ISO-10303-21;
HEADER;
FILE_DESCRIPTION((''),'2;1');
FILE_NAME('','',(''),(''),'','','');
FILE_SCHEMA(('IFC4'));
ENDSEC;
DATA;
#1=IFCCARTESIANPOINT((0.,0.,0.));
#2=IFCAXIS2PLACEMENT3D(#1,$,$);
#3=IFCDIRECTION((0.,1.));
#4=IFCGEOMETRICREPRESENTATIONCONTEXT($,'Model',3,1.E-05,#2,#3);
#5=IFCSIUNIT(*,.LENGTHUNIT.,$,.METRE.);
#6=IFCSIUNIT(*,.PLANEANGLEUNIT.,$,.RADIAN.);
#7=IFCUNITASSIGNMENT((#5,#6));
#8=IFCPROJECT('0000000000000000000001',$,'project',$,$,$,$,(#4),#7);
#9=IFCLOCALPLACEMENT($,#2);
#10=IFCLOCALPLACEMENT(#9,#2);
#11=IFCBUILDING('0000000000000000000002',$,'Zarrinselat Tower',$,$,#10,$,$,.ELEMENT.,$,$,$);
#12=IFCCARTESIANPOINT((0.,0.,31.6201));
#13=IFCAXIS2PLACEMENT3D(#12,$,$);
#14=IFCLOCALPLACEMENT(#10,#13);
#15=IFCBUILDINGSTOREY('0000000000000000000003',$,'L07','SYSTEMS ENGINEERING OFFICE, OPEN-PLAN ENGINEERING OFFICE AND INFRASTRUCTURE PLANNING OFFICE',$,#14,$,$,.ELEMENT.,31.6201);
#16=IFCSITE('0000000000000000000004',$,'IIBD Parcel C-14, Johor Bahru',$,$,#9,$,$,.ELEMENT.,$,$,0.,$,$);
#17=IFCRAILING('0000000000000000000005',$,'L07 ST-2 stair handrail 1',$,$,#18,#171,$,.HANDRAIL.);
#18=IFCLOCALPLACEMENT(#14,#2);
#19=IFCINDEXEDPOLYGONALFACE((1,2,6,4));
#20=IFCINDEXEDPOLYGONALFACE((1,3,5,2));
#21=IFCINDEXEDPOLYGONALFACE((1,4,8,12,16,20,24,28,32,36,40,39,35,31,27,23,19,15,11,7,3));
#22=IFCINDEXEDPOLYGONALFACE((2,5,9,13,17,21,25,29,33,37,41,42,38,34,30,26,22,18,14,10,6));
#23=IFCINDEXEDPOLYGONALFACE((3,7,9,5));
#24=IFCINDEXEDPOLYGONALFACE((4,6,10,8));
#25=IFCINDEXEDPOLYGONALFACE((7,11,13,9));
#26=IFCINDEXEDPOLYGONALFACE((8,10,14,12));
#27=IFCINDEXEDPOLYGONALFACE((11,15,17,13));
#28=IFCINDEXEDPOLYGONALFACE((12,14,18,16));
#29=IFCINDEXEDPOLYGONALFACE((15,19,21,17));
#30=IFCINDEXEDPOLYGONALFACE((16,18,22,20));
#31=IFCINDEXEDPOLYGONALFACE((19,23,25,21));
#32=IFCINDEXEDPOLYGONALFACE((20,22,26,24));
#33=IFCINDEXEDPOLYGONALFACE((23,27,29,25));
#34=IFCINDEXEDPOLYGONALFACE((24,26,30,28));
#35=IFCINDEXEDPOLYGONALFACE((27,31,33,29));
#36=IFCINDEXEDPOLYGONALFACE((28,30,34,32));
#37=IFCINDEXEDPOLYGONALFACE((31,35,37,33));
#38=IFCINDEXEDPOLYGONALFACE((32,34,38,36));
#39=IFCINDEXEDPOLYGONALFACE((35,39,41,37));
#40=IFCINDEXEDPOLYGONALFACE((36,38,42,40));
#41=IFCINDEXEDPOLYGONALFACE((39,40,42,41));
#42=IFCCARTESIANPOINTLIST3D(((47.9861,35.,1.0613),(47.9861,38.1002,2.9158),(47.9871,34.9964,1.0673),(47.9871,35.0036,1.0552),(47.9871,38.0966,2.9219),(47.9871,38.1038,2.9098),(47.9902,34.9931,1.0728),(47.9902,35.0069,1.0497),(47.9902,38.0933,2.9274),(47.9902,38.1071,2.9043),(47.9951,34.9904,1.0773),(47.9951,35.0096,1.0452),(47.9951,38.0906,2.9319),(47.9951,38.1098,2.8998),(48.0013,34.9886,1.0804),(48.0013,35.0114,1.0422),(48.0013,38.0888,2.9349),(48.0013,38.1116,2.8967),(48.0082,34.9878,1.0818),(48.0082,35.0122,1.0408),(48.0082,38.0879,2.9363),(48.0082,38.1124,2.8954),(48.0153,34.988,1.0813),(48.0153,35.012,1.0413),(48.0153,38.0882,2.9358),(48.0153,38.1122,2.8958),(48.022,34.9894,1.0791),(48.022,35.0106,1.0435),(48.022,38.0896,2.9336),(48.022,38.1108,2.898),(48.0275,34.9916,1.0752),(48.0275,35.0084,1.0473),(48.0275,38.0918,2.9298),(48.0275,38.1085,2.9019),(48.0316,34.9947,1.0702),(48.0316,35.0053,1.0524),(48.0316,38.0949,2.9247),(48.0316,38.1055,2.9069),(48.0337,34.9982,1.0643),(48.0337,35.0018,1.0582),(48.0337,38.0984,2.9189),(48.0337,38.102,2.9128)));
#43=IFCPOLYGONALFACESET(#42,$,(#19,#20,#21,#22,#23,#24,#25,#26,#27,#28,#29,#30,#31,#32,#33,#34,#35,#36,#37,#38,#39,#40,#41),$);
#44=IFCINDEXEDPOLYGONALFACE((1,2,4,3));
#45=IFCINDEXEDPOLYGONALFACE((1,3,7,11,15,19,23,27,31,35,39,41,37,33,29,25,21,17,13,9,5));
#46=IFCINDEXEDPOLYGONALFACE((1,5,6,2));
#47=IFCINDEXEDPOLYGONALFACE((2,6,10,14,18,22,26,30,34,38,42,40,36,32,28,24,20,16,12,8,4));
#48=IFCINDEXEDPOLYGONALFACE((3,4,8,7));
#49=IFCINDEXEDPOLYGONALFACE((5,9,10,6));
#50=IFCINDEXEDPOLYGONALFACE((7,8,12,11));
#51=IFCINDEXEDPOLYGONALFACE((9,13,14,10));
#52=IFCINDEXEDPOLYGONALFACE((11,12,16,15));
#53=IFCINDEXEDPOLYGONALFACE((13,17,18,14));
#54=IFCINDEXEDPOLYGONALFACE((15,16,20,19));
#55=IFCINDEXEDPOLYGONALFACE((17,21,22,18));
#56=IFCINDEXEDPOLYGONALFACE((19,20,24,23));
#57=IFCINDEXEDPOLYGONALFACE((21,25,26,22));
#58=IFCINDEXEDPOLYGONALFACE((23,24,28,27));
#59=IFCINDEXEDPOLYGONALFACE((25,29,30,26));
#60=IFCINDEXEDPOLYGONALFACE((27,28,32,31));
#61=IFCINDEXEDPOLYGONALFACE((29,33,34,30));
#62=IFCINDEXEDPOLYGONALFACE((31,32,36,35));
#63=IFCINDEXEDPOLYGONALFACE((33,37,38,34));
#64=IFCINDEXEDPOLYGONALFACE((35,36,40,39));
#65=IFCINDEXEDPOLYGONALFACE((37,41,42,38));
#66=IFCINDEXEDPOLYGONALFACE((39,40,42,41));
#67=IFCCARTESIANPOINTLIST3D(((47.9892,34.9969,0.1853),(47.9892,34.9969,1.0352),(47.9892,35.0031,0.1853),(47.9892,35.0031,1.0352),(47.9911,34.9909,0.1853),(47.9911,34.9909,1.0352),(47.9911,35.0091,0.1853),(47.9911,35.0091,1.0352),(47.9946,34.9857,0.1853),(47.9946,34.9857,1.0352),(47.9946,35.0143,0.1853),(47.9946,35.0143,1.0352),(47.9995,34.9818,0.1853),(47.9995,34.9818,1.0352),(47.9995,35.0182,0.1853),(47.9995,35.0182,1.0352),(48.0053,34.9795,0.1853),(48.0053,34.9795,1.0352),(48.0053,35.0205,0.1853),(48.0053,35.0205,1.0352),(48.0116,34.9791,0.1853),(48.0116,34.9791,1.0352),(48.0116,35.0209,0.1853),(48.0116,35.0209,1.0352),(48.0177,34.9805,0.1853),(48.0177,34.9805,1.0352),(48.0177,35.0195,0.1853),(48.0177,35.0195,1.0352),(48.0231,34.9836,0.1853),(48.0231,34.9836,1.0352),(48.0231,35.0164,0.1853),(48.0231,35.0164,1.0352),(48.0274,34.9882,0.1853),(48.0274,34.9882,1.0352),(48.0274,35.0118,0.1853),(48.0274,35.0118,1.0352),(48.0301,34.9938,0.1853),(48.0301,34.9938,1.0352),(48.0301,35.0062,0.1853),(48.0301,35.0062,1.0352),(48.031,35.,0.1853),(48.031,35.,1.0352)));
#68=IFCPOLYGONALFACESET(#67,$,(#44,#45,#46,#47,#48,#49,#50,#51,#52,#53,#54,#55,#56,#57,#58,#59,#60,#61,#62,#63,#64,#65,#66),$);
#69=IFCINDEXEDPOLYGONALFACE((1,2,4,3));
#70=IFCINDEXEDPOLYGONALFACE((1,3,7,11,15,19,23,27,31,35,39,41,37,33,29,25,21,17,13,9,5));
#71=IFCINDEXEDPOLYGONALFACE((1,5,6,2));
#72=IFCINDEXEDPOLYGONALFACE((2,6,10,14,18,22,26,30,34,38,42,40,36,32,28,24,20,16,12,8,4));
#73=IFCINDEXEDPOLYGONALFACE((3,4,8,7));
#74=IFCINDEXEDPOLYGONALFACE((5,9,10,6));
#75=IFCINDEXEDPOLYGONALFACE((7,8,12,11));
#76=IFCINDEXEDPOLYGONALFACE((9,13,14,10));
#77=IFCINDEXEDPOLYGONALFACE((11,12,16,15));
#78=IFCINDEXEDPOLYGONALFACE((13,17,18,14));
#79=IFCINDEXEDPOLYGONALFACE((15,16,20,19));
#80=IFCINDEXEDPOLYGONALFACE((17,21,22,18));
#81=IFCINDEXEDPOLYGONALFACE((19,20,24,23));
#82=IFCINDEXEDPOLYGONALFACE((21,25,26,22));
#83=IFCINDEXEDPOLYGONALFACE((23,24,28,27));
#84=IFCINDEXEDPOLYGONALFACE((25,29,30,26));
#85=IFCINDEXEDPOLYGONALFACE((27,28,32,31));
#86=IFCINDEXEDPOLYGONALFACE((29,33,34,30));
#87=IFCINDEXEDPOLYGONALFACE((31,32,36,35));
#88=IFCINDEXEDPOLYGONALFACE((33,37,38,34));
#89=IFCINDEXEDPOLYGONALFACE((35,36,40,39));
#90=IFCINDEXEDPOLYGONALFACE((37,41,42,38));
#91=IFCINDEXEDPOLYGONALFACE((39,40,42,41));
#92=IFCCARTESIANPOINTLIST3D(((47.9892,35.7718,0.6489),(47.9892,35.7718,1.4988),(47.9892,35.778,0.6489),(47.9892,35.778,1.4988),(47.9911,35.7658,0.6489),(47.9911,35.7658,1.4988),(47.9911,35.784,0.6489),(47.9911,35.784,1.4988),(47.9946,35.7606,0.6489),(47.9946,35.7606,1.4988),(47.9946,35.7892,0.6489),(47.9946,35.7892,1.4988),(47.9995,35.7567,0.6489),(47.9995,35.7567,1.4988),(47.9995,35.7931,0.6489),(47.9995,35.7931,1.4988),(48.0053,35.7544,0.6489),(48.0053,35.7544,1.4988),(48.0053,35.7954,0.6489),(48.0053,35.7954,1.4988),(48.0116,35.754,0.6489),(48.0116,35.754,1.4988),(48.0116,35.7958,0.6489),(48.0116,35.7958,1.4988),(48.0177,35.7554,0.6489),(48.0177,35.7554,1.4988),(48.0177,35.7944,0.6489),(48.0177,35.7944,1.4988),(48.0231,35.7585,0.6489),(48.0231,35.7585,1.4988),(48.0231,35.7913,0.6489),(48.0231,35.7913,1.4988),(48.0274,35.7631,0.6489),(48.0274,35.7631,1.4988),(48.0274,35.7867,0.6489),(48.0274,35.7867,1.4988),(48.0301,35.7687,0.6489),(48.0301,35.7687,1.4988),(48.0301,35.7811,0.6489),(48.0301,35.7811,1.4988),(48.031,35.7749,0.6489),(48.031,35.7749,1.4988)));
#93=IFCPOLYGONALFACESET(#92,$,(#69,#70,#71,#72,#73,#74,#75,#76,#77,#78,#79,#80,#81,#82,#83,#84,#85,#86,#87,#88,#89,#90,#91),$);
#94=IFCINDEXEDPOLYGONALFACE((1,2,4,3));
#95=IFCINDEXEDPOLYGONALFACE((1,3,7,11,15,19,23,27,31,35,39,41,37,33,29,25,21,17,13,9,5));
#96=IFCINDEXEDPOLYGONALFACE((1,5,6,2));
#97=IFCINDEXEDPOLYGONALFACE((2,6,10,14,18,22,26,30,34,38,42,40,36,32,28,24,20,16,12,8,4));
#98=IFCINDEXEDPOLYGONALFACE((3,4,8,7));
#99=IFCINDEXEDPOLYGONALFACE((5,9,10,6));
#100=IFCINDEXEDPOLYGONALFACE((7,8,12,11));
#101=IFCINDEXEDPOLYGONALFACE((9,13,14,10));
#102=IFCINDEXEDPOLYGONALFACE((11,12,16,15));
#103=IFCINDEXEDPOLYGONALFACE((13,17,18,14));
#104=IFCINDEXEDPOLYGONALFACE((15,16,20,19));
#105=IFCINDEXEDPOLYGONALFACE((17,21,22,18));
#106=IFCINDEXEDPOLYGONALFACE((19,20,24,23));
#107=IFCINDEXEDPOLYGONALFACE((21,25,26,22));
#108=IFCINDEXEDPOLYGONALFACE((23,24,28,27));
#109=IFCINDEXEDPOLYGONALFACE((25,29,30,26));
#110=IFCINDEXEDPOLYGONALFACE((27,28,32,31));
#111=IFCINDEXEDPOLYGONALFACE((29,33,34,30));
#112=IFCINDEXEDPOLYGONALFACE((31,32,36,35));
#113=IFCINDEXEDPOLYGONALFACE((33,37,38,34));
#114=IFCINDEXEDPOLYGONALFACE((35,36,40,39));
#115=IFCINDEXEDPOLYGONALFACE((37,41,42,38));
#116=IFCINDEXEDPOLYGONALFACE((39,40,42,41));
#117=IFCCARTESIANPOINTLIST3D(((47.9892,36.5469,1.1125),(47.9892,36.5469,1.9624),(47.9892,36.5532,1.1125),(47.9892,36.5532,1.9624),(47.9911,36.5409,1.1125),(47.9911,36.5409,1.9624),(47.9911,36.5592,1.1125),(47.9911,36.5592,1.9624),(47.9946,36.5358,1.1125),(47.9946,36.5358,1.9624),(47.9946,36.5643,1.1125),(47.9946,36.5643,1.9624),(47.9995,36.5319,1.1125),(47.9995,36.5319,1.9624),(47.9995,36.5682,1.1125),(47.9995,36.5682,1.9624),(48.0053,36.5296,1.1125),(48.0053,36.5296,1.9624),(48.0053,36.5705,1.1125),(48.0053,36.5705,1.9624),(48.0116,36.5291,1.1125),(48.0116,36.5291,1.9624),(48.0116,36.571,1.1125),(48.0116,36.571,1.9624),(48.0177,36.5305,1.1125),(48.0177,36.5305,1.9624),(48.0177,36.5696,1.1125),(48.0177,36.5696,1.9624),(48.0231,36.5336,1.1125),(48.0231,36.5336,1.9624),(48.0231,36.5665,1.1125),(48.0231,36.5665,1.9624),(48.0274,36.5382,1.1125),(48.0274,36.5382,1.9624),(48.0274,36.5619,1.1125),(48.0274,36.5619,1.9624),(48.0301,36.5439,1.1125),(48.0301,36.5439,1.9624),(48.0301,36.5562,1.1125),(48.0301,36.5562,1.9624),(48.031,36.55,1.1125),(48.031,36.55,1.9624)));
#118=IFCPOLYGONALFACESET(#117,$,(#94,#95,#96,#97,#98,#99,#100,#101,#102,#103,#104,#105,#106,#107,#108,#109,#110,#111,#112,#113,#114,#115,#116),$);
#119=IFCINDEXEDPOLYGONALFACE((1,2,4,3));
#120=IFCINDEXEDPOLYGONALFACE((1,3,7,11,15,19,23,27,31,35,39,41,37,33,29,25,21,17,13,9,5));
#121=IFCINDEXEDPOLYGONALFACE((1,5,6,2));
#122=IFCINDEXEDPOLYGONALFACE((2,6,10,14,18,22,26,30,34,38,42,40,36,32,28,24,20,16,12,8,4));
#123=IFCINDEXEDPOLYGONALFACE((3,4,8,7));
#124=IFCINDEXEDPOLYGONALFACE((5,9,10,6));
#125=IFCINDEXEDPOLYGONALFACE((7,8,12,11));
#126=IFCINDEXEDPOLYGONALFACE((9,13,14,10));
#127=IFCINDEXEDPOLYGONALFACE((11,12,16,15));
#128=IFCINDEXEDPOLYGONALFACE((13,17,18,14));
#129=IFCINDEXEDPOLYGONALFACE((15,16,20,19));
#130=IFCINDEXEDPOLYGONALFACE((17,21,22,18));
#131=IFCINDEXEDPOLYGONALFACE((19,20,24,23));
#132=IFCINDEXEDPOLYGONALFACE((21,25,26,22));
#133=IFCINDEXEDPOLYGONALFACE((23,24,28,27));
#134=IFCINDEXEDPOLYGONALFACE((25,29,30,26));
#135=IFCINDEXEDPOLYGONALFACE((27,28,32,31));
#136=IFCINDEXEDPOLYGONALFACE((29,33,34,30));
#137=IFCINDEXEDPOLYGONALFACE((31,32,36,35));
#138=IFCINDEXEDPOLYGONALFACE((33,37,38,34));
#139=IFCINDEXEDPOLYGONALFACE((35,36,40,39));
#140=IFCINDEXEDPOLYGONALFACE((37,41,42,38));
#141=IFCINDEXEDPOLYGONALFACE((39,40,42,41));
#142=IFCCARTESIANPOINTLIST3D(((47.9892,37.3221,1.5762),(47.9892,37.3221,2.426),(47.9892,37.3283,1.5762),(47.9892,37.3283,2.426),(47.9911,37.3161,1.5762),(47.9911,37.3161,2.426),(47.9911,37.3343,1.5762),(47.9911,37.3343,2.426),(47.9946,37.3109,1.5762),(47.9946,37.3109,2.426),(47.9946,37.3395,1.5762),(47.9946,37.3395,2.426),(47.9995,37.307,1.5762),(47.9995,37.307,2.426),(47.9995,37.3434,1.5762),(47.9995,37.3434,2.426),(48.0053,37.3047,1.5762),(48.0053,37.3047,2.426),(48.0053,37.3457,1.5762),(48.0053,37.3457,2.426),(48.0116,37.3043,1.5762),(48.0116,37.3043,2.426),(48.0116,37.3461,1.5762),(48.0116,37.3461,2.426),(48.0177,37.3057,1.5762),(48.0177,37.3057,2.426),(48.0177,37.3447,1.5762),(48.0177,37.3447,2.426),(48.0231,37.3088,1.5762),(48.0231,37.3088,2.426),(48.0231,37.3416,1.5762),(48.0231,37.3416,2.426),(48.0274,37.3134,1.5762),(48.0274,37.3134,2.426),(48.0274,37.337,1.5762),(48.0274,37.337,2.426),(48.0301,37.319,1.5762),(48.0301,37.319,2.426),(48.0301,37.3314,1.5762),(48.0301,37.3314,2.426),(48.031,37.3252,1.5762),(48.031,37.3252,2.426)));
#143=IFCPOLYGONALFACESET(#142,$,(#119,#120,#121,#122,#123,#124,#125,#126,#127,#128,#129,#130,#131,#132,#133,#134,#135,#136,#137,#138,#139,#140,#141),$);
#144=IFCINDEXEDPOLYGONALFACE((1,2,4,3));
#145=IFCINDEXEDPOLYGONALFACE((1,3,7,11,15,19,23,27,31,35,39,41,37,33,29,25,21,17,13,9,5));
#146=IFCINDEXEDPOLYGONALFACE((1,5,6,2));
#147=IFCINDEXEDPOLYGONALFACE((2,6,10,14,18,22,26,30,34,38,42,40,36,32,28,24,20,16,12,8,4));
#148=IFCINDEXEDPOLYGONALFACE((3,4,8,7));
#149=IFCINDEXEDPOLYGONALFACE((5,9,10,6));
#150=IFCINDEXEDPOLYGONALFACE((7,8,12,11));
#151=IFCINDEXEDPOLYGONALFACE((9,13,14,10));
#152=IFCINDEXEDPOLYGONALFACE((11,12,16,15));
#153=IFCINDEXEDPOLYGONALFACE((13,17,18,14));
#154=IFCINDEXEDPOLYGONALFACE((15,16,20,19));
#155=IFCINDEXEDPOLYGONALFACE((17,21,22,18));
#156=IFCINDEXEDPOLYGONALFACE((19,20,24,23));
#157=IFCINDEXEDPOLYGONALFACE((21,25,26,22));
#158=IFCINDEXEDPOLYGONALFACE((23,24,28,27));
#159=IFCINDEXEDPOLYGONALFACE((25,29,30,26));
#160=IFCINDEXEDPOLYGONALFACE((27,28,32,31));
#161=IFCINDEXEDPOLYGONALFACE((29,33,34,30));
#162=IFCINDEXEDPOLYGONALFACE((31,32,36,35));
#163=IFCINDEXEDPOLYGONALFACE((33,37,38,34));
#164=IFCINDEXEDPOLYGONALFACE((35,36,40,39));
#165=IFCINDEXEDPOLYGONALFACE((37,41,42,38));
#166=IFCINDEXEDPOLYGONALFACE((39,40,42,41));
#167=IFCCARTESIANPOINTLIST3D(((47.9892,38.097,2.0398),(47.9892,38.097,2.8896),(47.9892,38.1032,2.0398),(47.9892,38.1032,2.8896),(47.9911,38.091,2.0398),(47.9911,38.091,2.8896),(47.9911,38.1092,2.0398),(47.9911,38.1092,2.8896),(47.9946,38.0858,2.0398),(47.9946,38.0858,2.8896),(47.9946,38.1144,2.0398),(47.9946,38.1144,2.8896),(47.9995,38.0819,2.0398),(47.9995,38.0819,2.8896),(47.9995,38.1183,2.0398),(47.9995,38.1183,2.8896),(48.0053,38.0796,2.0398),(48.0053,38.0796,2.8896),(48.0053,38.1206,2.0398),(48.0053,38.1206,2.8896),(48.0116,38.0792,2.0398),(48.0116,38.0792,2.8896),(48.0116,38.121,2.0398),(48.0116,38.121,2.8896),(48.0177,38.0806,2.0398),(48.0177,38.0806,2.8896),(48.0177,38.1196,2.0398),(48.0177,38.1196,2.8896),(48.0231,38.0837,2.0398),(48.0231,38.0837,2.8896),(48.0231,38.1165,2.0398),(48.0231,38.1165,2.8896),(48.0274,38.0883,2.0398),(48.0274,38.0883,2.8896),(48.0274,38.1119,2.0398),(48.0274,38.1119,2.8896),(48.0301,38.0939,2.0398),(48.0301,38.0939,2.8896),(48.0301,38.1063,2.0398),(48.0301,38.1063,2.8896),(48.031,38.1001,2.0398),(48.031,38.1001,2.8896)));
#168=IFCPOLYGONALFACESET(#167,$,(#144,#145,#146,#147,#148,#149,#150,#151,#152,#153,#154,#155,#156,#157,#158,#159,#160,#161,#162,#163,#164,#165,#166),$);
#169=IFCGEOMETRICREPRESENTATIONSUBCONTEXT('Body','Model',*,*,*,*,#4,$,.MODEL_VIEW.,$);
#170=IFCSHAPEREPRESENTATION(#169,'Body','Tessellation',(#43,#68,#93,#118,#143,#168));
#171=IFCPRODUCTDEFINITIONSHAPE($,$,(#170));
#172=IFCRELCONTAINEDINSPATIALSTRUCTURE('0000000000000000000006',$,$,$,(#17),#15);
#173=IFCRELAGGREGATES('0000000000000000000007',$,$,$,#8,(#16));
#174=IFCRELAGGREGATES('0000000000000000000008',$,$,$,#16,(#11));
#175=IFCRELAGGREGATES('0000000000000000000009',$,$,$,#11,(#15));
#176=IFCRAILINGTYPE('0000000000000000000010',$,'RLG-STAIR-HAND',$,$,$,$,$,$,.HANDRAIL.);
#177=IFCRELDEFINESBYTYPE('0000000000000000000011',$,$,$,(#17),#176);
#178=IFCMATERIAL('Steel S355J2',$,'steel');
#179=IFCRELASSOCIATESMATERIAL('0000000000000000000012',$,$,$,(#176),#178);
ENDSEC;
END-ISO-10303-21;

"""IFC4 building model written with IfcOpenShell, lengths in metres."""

from ifc_helpers import new_model, si_unit, direction, frame, origin, origin_2d, place, context, subcontext, project, spatial, circle, extrude, material, type_object, element, save


model = new_model("IFC4")

# Units and contexts
model_context = context("Model", 3, precision=1e-05, world=origin(), true_north=direction((0.0, 1.0)))
body_context = subcontext(model_context, "Body", "Model", "MODEL_VIEW")
ifc_project = project(units=[si_unit("LENGTHUNIT", "METRE"), si_unit("PLANEANGLEUNIT", "RADIAN")], contexts=[model_context])

# Site, building, storey
site_placement = place(None, origin())
site = spatial("IfcSite", under=ifc_project, at=site_placement, Name="IIBD Parcel C-14, Johor Bahru", CompositionType="ELEMENT", RefElevation=0.0)
building_placement = place(site_placement, origin())
building = spatial("IfcBuilding", under=site, at=building_placement, Name="Zarrinselat Tower", CompositionType="ELEMENT")
storey_placement = place(building_placement, frame((0.0, 0.0, 31.6201)))
storey = spatial("IfcBuildingStorey", under=building, at=storey_placement, Name="L07", Description="SYSTEMS ENGINEERING OFFICE, OPEN-PLAN ENGINEERING OFFICE AND INFRASTRUCTURE PLANNING OFFICE", CompositionType="ELEMENT", Elevation=31.6201)

# Railing
ifc_material_1 = material(Name="Steel S355J2", Category="steel")
railing_type_1 = type_object("IfcRailingType", Name="RLG-STAIR-HAND", PredefinedType="HANDRAIL", material=ifc_material_1)
railing_1_placement = place(storey_placement, frame((48.01, 35.0, 0.1853)))
element("IfcRailing", 1, at=railing_1_placement, inside=storey, type_object=railing_type_1, Name="L07 ST-2 stair handrail 1", PredefinedType="HANDRAIL", context=body_context, shape_type="SweptSolid", body=[
    extrude(circle(Radius=0.0239, at=origin_2d()), frame((0.0, 0.0, 0.876), z_axis=(0.0, 0.858172, 0.513362), x_axis=(-1.0, 0.0, 0.0)), (0.0, 0.0, 1.0), 3.6125),
    extrude(circle(Radius=0.021, at=origin_2d()), origin(), (0.0, 0.0, 1.0), 0.8499),
    extrude(circle(Radius=0.021, at=origin_2d()), frame((0.0, 0.7749, 0.4636)), (0.0, 0.0, 1.0), 0.8499),
    extrude(circle(Radius=0.021, at=origin_2d()), frame((0.0, 1.55, 0.9272)), (0.0, 0.0, 1.0), 0.8499),
    extrude(circle(Radius=0.021, at=origin_2d()), frame((0.0, 2.3252, 1.3909)), (0.0, 0.0, 1.0), 0.8499),
    extrude(circle(Radius=0.021, at=origin_2d()), frame((0.0, 3.1001, 1.8545)), (0.0, 0.0, 1.0), 0.8499),
])

save(model, "model.ifc")
